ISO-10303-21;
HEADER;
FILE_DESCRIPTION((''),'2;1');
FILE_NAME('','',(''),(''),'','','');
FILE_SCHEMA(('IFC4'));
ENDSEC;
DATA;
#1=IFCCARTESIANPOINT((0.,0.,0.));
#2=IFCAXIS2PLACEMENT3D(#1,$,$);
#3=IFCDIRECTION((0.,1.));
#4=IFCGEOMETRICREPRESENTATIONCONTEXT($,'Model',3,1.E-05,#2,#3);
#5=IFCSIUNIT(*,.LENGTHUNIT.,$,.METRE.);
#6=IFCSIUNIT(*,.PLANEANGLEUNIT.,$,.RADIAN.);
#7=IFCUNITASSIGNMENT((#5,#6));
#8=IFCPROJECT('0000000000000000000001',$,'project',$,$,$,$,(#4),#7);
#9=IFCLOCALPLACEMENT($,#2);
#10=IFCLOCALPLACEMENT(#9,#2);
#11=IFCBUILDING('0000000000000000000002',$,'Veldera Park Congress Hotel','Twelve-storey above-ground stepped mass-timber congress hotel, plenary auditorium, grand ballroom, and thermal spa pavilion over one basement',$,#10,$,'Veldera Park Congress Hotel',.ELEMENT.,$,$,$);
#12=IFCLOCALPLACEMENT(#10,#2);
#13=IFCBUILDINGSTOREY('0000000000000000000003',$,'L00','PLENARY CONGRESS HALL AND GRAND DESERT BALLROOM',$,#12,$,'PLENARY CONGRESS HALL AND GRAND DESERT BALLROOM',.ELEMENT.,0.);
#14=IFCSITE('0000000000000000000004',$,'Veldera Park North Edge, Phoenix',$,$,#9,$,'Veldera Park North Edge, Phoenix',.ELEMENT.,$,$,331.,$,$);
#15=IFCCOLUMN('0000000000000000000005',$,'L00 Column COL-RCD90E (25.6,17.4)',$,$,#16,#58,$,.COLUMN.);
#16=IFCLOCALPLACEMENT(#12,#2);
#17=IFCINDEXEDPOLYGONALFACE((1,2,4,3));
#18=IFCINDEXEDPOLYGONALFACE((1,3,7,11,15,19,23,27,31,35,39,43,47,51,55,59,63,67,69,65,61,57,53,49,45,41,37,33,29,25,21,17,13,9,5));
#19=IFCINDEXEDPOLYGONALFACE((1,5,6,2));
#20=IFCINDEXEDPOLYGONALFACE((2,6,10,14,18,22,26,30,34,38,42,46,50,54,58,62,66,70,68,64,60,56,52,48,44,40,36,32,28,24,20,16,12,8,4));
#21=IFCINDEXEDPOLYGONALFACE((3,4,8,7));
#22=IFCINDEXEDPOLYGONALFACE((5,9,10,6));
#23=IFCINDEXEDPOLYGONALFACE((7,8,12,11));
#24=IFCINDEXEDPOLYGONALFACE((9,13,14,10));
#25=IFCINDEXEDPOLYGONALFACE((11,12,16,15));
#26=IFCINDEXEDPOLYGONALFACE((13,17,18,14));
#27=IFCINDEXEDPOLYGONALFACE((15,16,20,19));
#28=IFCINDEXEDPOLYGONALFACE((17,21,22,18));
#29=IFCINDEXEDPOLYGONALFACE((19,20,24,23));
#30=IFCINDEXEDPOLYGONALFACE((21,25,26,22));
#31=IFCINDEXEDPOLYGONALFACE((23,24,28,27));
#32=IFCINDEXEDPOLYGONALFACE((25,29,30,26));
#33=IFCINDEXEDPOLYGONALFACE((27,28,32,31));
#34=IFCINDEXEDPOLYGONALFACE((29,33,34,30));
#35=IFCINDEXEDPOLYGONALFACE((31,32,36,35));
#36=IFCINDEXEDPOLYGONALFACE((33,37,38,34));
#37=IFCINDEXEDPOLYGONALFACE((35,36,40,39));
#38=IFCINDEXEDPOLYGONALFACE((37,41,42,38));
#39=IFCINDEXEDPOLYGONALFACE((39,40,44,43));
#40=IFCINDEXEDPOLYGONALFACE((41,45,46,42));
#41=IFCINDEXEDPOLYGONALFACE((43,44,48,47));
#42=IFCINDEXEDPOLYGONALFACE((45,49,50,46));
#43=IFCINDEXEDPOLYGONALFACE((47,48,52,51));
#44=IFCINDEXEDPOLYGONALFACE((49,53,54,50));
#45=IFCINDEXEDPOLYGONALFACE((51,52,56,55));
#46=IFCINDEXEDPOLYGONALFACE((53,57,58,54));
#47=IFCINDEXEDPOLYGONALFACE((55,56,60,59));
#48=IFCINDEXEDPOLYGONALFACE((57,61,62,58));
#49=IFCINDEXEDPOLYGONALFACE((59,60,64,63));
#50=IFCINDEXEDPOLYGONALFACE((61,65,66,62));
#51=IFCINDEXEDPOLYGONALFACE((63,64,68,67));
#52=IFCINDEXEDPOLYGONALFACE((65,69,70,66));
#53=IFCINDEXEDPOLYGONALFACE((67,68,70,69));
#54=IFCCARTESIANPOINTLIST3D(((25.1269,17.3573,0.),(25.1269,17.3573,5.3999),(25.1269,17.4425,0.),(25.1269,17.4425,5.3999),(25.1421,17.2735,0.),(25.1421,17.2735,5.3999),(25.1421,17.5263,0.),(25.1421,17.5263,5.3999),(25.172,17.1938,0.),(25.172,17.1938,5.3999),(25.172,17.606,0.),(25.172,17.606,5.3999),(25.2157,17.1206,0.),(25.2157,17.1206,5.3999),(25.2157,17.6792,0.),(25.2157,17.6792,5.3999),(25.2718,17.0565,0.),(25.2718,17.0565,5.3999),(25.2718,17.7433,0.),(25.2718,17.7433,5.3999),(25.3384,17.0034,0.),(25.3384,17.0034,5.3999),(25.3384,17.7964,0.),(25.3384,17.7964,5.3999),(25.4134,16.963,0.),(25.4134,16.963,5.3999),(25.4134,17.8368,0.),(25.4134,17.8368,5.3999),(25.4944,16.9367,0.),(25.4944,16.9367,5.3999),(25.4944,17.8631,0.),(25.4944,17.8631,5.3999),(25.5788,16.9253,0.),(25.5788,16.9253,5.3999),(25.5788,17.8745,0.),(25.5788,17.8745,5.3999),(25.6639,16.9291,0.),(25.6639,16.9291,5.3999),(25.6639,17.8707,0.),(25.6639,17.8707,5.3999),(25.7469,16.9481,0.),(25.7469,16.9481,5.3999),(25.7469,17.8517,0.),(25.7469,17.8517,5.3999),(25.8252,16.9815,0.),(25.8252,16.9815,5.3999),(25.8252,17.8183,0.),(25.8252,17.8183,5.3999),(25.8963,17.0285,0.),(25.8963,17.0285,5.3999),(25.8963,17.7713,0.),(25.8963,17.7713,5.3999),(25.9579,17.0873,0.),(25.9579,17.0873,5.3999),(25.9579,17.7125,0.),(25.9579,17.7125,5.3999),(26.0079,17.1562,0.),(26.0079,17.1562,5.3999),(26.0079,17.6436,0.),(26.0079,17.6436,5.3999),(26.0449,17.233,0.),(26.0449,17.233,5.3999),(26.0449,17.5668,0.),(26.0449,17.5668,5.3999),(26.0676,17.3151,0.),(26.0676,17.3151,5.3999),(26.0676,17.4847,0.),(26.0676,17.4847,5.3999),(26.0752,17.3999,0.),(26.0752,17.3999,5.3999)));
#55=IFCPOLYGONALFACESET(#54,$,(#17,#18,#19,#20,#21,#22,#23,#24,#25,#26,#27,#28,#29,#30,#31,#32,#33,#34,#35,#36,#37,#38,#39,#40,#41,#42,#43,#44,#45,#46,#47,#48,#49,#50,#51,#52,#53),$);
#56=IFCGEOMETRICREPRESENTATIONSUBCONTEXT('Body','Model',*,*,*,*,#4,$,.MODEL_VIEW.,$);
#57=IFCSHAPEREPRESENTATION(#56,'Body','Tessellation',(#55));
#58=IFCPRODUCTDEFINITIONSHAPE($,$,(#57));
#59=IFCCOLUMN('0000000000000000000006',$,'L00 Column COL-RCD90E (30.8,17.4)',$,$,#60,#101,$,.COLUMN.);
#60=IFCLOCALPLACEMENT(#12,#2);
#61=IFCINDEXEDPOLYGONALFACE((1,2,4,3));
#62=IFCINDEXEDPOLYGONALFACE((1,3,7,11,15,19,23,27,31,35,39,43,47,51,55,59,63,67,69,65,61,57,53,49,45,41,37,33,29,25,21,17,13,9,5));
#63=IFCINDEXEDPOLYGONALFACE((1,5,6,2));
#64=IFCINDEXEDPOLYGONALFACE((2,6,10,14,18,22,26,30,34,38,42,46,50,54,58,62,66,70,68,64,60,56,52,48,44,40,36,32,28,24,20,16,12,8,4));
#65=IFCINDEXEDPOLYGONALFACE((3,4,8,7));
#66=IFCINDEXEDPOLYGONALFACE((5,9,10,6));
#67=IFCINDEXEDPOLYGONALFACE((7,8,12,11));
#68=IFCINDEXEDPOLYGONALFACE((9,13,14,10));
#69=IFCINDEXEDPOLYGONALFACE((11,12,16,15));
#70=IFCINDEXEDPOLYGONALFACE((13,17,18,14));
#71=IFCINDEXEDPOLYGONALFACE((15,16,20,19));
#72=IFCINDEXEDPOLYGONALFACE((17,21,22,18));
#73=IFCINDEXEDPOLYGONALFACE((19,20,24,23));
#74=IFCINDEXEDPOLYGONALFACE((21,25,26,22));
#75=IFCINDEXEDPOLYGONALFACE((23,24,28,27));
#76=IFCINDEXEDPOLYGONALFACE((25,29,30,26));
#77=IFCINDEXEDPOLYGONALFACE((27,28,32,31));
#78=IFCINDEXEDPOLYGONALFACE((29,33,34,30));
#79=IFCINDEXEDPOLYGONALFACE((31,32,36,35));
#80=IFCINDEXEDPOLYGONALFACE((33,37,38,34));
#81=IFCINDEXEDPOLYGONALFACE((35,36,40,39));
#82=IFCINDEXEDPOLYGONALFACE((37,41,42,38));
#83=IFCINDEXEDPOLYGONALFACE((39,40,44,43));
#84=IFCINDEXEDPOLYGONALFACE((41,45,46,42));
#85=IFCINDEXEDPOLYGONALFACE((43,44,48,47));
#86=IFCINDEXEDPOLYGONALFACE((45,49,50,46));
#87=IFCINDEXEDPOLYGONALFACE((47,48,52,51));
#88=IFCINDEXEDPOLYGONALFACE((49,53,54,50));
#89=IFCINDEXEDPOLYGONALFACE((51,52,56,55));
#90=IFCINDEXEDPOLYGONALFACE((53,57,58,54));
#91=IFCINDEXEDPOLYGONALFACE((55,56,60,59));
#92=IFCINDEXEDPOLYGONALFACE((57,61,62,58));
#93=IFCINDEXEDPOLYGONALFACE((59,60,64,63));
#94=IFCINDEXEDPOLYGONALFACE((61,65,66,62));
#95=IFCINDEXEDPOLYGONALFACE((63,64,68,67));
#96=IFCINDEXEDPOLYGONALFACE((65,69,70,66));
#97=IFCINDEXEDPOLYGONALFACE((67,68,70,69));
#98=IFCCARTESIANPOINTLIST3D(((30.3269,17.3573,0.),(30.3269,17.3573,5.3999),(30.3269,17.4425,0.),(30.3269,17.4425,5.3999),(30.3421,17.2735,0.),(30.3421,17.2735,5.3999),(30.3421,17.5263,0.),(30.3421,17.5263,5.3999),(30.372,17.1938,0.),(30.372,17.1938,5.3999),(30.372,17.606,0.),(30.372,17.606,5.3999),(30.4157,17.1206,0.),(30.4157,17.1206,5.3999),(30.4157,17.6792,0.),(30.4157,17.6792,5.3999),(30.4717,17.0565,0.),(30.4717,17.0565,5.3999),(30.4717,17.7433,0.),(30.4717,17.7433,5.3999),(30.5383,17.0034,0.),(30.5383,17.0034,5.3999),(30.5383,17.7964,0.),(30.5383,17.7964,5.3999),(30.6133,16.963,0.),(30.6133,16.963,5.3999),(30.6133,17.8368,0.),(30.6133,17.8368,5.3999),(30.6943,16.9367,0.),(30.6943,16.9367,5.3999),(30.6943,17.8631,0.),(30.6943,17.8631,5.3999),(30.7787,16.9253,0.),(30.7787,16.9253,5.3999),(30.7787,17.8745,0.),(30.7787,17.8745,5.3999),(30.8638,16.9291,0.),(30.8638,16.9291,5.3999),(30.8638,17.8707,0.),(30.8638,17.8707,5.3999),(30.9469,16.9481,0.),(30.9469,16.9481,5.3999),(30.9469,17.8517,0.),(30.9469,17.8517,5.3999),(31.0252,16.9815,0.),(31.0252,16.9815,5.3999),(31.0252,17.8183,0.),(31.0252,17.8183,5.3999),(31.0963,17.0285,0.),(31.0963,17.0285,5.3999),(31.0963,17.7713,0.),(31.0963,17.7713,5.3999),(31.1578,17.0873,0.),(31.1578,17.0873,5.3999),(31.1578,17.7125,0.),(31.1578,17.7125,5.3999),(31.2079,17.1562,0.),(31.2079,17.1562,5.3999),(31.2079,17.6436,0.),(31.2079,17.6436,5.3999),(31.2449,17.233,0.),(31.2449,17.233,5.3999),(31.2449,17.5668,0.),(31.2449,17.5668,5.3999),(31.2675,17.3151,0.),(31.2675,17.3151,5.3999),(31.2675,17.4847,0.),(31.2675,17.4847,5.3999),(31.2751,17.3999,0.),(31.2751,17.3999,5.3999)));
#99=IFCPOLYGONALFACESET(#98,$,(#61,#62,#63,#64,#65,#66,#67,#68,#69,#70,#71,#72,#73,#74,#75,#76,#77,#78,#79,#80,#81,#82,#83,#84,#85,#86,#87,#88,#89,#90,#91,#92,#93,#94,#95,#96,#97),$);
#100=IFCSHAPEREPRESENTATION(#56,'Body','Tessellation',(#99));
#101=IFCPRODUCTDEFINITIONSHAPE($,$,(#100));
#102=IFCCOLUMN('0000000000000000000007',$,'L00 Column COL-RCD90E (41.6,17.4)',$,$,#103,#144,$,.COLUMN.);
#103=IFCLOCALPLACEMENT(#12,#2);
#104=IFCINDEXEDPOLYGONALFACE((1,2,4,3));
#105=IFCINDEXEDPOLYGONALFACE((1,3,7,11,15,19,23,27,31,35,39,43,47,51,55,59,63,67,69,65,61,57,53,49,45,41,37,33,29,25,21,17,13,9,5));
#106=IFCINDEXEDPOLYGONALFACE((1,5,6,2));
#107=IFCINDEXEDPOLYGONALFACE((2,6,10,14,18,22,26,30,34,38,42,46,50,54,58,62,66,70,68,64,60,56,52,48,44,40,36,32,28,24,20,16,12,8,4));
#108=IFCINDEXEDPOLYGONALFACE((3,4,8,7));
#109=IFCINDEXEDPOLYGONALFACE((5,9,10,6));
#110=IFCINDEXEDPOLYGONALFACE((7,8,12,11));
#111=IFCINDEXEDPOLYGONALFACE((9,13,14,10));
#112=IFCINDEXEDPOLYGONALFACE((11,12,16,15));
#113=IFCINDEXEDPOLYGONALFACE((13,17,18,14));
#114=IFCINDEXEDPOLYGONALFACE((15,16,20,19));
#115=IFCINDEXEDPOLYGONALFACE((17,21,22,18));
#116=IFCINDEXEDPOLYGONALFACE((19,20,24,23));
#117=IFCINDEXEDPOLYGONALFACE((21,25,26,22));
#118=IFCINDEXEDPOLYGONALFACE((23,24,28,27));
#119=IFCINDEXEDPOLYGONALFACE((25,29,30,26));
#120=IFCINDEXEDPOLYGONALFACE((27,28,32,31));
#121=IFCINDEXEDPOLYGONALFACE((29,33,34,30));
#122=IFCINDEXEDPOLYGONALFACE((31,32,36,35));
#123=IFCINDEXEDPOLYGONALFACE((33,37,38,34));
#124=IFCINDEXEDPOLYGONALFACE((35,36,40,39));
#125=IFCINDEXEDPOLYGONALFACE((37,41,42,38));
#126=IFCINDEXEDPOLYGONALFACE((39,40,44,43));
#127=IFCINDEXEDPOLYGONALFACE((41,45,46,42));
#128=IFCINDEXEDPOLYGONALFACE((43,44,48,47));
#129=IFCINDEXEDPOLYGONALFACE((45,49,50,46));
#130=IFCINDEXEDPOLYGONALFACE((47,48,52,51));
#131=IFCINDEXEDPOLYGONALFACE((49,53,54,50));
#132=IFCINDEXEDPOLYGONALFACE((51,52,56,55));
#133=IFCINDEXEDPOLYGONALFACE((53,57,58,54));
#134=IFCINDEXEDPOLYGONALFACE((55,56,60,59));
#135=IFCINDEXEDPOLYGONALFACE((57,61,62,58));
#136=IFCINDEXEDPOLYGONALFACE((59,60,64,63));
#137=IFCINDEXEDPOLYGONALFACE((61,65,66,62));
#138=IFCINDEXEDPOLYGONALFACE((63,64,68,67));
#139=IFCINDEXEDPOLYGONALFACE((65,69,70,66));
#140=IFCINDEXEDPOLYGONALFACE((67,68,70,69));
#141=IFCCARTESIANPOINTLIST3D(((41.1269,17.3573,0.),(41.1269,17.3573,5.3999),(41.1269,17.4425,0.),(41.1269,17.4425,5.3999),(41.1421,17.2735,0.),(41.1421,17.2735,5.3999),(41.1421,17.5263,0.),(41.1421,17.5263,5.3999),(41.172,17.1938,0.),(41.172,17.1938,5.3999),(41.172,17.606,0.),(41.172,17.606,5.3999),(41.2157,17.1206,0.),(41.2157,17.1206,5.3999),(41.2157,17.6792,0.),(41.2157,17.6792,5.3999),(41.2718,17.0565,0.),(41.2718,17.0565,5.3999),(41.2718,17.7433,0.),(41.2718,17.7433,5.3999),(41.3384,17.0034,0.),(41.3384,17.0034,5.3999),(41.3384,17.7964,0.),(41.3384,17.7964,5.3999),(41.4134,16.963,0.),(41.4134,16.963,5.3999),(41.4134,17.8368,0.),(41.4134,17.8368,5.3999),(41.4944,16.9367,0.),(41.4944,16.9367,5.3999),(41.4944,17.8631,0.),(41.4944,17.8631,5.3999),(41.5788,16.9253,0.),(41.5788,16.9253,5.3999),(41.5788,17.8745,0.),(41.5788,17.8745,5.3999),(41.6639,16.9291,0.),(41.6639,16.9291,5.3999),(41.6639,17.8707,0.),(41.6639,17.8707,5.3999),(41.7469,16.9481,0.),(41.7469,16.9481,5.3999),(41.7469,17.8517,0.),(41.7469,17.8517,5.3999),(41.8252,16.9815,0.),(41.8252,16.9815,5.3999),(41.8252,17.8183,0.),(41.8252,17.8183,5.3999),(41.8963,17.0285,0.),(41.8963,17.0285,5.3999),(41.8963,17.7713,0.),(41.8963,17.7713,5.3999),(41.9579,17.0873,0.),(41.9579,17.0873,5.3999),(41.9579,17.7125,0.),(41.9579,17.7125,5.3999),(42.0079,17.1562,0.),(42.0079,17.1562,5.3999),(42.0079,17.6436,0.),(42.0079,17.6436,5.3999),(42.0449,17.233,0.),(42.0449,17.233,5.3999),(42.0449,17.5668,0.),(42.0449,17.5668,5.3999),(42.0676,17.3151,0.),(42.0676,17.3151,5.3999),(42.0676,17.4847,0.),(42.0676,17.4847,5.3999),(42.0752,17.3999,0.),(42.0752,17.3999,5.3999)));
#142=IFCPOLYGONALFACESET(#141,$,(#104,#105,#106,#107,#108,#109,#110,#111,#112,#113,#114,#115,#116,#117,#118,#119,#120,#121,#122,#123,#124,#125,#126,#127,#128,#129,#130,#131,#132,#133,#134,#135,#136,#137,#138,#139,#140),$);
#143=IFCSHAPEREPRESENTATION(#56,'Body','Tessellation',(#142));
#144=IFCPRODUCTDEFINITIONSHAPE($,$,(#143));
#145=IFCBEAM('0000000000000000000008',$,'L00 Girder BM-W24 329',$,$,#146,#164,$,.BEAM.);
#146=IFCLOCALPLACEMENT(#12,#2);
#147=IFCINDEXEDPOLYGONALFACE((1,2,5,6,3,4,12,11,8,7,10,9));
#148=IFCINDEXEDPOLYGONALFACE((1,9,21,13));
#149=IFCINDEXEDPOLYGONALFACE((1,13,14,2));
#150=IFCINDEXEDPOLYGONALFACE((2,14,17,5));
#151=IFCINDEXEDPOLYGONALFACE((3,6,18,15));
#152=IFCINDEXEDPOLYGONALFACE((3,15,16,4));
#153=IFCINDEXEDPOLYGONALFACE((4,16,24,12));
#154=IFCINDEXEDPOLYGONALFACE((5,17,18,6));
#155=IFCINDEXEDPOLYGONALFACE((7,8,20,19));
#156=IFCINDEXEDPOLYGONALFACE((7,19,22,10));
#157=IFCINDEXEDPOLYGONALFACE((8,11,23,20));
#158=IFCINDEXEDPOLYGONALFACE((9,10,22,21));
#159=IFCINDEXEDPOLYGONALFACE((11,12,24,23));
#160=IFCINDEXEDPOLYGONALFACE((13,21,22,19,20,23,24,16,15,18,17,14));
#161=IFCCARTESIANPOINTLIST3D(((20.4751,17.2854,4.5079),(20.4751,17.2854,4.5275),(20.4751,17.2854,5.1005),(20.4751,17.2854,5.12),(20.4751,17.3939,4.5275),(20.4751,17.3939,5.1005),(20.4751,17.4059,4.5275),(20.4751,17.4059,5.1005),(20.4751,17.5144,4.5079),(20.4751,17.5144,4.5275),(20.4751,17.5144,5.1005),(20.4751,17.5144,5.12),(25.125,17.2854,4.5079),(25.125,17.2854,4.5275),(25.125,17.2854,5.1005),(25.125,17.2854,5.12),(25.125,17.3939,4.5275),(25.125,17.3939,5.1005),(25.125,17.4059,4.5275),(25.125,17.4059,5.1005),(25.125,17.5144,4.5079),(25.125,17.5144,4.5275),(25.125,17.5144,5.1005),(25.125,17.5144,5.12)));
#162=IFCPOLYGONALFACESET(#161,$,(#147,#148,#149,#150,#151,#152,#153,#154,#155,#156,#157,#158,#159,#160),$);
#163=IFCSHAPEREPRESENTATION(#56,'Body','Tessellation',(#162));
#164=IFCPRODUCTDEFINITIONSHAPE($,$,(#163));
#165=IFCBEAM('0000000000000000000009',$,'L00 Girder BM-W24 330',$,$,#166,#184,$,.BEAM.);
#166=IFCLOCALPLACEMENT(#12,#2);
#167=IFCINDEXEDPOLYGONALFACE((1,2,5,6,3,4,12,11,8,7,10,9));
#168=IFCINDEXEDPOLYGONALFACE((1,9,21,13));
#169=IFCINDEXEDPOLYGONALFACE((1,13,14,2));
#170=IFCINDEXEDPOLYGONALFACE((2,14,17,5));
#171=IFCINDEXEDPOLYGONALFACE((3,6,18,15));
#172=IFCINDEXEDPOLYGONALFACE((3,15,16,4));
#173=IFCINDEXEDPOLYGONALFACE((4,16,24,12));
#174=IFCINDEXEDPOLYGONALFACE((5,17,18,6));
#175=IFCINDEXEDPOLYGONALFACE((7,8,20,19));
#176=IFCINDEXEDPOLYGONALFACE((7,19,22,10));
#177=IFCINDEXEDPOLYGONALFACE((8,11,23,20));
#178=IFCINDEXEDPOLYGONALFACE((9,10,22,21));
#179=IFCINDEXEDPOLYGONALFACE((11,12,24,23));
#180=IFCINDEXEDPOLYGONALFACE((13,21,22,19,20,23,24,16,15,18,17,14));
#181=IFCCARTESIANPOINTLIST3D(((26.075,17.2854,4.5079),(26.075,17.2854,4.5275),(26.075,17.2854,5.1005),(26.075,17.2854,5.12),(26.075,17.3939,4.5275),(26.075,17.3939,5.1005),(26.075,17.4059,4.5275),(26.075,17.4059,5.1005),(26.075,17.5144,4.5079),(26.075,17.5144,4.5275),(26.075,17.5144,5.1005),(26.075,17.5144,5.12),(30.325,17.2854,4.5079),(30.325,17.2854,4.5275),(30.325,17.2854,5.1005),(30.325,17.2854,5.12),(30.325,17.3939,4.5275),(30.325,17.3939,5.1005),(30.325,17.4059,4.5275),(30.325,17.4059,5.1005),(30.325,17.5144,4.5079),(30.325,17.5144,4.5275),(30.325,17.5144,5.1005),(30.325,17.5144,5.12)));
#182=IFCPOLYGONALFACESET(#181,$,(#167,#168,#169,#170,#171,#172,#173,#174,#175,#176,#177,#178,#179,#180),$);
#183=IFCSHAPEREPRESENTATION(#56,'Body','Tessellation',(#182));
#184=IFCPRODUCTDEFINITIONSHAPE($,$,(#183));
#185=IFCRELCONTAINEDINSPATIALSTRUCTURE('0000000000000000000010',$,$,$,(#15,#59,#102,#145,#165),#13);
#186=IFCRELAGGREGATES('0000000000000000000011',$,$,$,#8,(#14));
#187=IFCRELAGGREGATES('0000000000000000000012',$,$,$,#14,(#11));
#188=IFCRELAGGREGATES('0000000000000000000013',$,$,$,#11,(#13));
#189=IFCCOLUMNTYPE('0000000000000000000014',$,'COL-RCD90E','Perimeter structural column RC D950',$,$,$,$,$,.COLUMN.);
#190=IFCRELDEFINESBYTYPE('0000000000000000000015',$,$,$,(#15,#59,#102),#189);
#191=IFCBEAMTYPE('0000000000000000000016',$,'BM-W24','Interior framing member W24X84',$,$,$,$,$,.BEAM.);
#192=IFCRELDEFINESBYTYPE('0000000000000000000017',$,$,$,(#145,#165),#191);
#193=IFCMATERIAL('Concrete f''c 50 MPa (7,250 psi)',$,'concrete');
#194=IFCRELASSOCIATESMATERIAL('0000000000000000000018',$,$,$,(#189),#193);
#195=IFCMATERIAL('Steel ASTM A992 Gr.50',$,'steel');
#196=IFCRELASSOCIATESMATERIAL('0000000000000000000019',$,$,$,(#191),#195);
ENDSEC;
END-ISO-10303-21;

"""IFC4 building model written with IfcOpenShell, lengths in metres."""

from ifc_helpers import new_model, si_unit, direction, frame, origin, origin_2d, place, context, subcontext, project, spatial, circle, i_section, extrude, material, material_profile, profile_set, type_object, element, save


model = new_model("IFC4")

# Units and contexts
model_context = context("Model", 3, precision=1e-05, world=origin(), true_north=direction((0.0, 1.0)))
body_context = subcontext(model_context, "Body", "Model", "MODEL_VIEW")
ifc_project = project(units=[si_unit("LENGTHUNIT", "METRE"), si_unit("PLANEANGLEUNIT", "RADIAN")], contexts=[model_context])

# Site, building, storey
site_placement = place(None, origin())
site = spatial("IfcSite", under=ifc_project, at=site_placement, Name="Veldera Park North Edge, Phoenix", LongName="Veldera Park North Edge, Phoenix", CompositionType="ELEMENT", RefElevation=331.0)
building_placement = place(site_placement, origin())
building = spatial("IfcBuilding", under=site, at=building_placement, Name="Veldera Park Congress Hotel", Description="Twelve-storey above-ground stepped mass-timber congress hotel, plenary auditorium, grand ballroom, and thermal spa pavilion over one basement", LongName="Veldera Park Congress Hotel", CompositionType="ELEMENT")
storey_placement = place(building_placement, origin())
storey = spatial("IfcBuildingStorey", under=building, at=storey_placement, Name="L00", Description="PLENARY CONGRESS HALL AND GRAND DESERT BALLROOM", LongName="PLENARY CONGRESS HALL AND GRAND DESERT BALLROOM", CompositionType="ELEMENT", Elevation=0.0)

# Columns
ifc_material_1 = material(Name="Concrete f'c 50 MPa (7,250 psi)", Category="concrete")
ifc_material_profile_1 = material_profile(ifc_material_1, circle(Radius=0.4751, at=origin_2d()), Name="RC D950")
ifc_profile_set_1 = profile_set([ifc_material_profile_1], Name="Concrete f'c 50 MPa (7,250 psi)")
column_type = type_object("IfcColumnType", Name="COL-RCD90E", Description="Perimeter structural column RC D950", PredefinedType="COLUMN", material=ifc_profile_set_1)
for number, where, z_axis, x_axis, name in (
    (1, (25.6001, 17.3999, 0.0), (0.0, 0.0, 1.0), (1.0, 0.0, 0.0), "L00 Column COL-RCD90E (25.6,17.4)"),
    (2, (30.8, 17.3999, 0.0), (0.0, 0.0, 1.0), (1.0, 0.0, 0.0), "L00 Column COL-RCD90E (30.8,17.4)"),
    (3, (41.6001, 17.3999, 0.0), (0.0, 0.0, 1.0), (1.0, 0.0, 0.0), "L00 Column COL-RCD90E (41.6,17.4)"),
):
    element("IfcColumn", number, at=place(storey_placement, frame(where, z_axis=z_axis, x_axis=x_axis)), inside=storey, type_object=column_type, Name=name, PredefinedType="COLUMN", context=body_context, shape_type="SweptSolid", body=[
        extrude(circle(Radius=0.4751, at=origin_2d()), origin(), (0.0, 0.0, 1.0), 5.3999),
    ])

# Beams
ifc_material_2 = material(Name="Steel ASTM A992 Gr.50", Category="steel")
ifc_material_profile_2 = material_profile(ifc_material_2, i_section(OverallWidth=0.229, OverallDepth=0.6121, WebThickness=0.012, FlangeThickness=0.0195, at=origin_2d()), Name="W24X84")
ifc_profile_set_2 = profile_set([ifc_material_profile_2], Name="Steel ASTM A992 Gr.50")
beam_type_1 = type_object("IfcBeamType", Name="BM-W24", Description="Interior framing member W24X84", PredefinedType="BEAM", material=ifc_profile_set_2)
beam_1_placement = place(storey_placement, frame((20.4751, 17.3999, 4.814), z_axis=(1.0, 0.0, 0.0), x_axis=(0.0, 1.0, 0.0)))
element("IfcBeam", 4, at=beam_1_placement, inside=storey, type_object=beam_type_1, Name="L00 Girder BM-W24 329", PredefinedType="BEAM", context=body_context, shape_type="SweptSolid", body=[
    extrude(i_section(OverallWidth=0.229, OverallDepth=0.6121, WebThickness=0.012, FlangeThickness=0.0195, at=origin_2d()), origin(), (0.0, 0.0, 1.0), 4.6499),
])
beam_2_placement = place(storey_placement, frame((26.075, 17.3999, 4.814), z_axis=(1.0, 0.0, 0.0), x_axis=(0.0, 1.0, 0.0)))
element("IfcBeam", 5, at=beam_2_placement, inside=storey, type_object=beam_type_1, Name="L00 Girder BM-W24 330", PredefinedType="BEAM", context=body_context, shape_type="SweptSolid", body=[
    extrude(i_section(OverallWidth=0.229, OverallDepth=0.6121, WebThickness=0.012, FlangeThickness=0.0195, at=origin_2d()), origin(), (0.0, 0.0, 1.0), 4.25),
])

save(model, "model.ifc")
